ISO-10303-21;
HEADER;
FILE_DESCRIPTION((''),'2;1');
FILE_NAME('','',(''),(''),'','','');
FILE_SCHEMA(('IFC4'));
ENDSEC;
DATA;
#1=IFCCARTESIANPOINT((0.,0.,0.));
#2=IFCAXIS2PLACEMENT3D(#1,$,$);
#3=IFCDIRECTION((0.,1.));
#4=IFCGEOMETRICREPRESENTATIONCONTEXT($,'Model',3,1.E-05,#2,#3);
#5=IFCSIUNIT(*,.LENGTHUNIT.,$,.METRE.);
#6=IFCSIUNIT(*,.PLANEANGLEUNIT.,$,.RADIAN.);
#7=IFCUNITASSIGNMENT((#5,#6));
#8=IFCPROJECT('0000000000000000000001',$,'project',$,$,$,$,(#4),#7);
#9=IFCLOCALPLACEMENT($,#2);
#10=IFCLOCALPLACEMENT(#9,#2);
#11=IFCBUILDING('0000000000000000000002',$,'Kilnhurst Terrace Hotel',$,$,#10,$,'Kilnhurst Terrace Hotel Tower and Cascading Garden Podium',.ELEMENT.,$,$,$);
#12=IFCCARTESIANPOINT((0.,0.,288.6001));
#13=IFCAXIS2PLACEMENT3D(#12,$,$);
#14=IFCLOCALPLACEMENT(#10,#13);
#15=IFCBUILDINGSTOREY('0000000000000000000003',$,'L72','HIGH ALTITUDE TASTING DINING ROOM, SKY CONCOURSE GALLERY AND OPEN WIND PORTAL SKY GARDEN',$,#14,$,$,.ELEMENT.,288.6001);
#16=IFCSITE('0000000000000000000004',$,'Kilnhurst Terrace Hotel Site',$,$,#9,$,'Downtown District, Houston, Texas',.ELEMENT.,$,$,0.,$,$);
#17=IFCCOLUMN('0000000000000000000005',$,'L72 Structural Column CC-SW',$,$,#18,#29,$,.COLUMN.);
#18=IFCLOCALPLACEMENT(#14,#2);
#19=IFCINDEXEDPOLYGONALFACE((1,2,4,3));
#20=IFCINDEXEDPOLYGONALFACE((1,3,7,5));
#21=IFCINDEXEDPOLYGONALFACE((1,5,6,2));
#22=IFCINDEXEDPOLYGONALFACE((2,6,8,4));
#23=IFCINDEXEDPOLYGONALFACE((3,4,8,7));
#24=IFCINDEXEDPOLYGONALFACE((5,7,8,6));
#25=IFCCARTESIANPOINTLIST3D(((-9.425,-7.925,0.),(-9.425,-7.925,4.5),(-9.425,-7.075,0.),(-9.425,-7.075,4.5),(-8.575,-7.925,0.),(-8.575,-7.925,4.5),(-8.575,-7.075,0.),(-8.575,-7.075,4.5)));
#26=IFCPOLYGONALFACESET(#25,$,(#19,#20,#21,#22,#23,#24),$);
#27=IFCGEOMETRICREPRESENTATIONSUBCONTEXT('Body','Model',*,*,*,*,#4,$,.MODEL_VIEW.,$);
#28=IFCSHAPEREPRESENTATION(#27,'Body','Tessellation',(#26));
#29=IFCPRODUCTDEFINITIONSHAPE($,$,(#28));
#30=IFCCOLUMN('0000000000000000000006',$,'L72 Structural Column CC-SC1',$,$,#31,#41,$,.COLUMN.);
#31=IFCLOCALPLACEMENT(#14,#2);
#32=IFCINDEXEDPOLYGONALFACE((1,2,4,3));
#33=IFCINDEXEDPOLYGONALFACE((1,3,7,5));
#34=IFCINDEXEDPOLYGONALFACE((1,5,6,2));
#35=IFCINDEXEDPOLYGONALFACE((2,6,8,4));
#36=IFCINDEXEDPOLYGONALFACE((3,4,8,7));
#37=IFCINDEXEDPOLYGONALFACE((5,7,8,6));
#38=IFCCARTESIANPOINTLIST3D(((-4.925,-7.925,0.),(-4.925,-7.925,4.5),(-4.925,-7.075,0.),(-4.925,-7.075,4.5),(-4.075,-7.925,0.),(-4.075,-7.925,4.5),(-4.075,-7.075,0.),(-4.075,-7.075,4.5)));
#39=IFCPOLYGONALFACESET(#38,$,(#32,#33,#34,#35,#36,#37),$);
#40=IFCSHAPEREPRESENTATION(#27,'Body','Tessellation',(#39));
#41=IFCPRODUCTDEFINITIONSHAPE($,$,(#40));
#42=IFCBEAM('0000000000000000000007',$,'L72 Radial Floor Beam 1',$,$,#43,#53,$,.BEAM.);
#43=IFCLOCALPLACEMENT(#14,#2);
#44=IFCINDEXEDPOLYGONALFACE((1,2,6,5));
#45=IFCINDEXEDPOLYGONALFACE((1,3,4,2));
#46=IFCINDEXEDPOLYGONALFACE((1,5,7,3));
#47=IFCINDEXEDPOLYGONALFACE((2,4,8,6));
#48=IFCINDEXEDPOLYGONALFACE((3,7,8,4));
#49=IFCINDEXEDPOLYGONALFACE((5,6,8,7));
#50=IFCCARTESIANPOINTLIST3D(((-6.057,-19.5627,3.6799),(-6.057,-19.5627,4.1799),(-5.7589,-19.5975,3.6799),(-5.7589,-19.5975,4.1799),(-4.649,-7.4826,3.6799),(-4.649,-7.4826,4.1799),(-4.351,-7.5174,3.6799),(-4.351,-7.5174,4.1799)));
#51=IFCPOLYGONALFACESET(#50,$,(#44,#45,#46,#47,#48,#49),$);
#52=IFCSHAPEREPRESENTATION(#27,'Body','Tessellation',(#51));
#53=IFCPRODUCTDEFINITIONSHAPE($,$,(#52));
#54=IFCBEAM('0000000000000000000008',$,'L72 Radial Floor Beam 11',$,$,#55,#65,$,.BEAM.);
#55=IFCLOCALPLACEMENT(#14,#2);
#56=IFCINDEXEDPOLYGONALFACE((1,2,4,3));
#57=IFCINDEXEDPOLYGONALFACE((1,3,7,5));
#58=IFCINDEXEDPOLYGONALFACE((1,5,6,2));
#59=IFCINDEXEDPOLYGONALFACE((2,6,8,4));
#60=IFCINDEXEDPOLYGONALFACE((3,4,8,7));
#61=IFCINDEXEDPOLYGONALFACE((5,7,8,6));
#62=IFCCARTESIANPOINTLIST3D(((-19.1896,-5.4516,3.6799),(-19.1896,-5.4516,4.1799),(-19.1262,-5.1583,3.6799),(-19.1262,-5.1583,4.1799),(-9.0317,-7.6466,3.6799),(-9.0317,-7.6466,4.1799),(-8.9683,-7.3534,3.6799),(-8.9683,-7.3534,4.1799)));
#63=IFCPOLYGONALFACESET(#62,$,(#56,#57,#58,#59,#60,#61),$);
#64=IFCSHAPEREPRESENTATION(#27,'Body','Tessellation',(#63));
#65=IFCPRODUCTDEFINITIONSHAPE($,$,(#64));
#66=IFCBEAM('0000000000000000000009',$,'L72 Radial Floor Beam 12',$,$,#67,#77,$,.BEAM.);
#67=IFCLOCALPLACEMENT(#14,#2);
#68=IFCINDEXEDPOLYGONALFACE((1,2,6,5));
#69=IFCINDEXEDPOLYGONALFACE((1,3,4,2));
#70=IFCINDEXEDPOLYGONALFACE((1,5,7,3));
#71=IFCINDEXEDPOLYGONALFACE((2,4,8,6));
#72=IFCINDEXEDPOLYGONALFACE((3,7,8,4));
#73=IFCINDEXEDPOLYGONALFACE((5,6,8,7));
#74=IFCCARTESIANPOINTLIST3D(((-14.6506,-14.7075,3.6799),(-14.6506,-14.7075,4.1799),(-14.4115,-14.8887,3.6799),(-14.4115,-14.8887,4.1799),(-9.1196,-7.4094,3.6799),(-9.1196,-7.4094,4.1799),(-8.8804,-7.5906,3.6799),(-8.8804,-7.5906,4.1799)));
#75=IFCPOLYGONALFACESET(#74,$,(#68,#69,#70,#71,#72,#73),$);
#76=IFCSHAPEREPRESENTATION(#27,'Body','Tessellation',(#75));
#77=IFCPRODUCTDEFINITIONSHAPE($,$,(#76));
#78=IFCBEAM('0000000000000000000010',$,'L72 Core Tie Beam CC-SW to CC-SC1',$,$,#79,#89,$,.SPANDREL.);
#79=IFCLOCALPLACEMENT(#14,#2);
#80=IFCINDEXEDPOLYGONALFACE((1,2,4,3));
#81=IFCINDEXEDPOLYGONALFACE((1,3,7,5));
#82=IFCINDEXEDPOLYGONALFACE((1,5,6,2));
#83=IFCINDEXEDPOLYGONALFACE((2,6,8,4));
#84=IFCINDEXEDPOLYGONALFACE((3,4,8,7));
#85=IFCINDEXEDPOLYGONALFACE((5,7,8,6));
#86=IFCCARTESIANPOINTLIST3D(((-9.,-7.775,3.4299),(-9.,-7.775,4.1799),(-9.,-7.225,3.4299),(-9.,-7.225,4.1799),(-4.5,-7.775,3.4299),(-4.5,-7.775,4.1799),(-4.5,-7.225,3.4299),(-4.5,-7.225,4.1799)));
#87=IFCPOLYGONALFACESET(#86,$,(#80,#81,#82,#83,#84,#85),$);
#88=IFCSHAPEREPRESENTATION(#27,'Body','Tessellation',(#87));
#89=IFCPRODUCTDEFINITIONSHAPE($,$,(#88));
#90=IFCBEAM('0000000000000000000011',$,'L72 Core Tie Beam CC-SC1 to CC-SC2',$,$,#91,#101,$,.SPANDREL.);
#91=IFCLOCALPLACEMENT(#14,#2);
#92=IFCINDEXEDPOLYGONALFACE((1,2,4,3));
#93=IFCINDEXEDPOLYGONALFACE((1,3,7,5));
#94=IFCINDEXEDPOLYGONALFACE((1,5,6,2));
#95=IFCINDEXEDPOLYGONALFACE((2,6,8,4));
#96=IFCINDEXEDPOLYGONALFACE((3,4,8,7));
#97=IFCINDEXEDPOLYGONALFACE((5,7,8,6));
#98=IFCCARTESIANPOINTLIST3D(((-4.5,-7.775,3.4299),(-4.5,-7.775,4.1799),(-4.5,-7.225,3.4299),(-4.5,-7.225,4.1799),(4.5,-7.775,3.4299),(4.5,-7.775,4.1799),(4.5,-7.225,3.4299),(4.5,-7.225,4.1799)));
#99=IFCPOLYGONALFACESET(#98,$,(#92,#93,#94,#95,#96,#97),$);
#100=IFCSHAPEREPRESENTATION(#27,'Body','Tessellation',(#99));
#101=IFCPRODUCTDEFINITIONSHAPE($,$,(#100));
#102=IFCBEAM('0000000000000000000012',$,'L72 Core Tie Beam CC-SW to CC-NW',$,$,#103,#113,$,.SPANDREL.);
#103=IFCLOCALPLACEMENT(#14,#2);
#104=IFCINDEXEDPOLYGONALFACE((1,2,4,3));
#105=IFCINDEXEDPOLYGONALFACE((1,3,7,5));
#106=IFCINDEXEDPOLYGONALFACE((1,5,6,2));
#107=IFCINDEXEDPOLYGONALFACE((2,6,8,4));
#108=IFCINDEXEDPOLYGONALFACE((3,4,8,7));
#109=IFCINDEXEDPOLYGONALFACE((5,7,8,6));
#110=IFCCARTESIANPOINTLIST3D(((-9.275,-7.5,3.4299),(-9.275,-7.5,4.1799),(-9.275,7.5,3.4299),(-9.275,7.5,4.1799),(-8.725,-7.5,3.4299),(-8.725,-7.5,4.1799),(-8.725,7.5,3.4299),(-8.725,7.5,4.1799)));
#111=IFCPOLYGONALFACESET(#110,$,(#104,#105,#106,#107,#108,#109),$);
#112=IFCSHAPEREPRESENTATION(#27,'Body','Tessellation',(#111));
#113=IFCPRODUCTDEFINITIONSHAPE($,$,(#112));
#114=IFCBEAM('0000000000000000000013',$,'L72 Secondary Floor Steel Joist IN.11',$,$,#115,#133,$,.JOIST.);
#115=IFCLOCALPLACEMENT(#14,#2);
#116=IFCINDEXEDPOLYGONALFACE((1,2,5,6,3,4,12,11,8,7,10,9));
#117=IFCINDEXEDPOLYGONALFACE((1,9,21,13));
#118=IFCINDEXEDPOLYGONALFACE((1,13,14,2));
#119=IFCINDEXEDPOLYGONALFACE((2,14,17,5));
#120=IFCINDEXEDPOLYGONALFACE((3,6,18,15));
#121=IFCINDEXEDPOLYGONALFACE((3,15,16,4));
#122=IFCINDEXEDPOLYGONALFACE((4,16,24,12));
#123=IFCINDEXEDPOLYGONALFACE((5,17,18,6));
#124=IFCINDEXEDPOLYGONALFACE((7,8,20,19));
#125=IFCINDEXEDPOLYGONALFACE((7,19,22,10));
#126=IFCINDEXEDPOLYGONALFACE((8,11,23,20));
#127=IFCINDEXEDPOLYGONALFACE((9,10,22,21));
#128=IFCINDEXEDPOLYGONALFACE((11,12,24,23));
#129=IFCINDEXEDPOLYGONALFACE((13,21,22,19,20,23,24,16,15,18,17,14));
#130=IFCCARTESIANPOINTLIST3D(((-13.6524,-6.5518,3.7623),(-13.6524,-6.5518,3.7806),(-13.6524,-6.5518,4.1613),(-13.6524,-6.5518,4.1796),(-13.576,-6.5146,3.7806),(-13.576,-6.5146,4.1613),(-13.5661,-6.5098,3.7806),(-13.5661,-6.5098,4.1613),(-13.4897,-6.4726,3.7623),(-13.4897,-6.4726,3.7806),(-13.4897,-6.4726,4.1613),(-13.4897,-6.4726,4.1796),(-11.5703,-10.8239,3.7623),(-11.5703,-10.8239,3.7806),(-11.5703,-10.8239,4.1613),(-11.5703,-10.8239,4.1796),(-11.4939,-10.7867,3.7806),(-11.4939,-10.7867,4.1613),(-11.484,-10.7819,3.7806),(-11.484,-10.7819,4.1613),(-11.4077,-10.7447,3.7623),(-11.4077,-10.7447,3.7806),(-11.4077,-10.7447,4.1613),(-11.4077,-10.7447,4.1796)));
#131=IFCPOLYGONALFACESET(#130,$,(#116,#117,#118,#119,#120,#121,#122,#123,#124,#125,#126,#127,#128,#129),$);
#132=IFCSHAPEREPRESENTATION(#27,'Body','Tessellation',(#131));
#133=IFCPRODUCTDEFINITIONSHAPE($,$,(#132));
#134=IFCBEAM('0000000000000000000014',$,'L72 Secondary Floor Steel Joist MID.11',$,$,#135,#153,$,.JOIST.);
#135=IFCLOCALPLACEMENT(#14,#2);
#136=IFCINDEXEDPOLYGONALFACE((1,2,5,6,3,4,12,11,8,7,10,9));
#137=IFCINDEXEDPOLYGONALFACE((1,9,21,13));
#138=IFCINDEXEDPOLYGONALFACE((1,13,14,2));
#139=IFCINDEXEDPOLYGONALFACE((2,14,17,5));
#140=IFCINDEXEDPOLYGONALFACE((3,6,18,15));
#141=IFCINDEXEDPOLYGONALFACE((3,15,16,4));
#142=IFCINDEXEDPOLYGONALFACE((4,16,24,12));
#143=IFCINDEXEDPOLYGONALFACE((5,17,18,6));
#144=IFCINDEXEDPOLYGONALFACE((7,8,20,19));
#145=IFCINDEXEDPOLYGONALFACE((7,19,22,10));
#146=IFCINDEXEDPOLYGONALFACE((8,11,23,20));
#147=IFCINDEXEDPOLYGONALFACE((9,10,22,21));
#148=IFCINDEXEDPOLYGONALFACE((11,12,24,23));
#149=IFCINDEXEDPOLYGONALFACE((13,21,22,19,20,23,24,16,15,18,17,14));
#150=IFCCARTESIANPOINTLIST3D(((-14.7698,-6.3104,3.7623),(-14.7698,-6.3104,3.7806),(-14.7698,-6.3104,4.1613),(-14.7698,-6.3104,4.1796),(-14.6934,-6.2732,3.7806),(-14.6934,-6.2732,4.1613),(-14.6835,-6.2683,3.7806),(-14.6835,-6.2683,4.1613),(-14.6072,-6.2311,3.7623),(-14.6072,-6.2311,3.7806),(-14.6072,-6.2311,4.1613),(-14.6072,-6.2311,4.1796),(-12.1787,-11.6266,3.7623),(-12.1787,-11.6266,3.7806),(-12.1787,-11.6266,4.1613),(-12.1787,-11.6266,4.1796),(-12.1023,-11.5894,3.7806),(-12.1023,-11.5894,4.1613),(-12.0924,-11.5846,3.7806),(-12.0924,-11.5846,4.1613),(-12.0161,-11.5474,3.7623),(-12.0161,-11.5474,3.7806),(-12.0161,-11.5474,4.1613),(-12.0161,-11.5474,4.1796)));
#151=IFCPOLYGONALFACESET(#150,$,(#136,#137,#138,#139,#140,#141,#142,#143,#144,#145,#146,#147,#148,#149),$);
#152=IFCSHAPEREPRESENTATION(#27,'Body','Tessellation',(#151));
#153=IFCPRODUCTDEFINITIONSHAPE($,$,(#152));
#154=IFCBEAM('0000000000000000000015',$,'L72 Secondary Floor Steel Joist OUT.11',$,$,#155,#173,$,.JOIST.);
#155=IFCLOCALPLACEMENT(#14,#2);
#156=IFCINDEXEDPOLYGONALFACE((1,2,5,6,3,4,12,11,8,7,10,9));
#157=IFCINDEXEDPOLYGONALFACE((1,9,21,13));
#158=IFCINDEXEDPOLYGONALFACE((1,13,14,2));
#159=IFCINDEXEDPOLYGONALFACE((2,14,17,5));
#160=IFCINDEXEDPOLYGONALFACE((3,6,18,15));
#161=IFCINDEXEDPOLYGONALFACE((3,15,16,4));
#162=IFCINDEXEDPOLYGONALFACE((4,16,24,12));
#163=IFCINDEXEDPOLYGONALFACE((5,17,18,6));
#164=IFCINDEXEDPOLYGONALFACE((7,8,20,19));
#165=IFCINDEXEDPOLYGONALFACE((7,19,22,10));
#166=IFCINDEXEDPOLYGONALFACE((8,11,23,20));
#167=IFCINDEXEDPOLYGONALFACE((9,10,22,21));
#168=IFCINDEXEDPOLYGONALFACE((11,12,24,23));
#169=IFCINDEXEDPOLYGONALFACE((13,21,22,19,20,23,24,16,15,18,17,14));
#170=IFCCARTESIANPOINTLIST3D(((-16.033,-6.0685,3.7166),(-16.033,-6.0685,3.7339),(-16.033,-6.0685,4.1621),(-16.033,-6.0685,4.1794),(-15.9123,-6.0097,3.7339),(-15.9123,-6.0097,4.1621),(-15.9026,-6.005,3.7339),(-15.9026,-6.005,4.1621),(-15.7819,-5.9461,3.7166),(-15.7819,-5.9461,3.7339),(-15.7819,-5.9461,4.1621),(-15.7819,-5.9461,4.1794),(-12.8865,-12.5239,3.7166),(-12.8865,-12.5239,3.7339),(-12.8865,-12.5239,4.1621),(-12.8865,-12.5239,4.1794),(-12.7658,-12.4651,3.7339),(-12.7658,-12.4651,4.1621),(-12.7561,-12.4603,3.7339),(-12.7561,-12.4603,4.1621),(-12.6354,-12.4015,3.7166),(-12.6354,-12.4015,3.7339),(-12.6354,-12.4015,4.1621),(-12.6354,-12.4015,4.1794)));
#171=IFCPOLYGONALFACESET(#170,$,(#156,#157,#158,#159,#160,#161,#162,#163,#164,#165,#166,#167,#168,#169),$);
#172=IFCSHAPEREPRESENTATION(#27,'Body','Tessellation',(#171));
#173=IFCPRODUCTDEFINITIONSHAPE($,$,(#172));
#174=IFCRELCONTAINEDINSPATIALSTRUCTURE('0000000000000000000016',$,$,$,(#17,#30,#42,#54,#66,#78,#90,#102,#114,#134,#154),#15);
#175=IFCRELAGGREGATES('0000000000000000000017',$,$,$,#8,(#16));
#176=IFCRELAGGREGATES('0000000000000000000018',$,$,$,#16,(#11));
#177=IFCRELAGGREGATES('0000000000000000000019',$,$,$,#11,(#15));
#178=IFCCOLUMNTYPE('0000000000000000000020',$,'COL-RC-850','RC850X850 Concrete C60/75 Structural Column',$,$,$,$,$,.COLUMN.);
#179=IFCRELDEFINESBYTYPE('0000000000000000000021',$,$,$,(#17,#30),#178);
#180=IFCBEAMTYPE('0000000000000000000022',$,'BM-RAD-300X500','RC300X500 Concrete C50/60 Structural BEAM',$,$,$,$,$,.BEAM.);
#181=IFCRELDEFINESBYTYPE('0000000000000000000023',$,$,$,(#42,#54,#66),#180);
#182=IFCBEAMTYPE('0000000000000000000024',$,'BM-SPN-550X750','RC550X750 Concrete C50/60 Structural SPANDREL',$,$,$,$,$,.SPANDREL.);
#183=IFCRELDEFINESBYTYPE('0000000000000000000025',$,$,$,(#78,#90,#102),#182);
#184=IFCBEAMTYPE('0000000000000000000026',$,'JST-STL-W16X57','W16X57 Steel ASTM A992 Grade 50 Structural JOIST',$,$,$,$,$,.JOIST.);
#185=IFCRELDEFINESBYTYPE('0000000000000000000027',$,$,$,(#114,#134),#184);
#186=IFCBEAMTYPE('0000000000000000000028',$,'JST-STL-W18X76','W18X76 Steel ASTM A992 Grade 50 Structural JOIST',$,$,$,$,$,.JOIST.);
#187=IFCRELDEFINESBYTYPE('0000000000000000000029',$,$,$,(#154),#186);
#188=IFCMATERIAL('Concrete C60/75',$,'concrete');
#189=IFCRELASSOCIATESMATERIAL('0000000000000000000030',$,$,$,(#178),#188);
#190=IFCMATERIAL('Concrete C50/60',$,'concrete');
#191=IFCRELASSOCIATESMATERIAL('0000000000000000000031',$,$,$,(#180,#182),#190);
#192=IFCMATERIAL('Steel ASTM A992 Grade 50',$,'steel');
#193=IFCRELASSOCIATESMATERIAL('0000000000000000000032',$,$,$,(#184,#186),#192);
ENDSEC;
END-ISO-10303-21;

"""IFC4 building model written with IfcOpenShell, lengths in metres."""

from ifc_helpers import new_model, si_unit, direction, frame, origin, origin_2d, place, context, subcontext, project, spatial, rectangle, i_section, extrude, material, material_profile, profile_set, type_object, element, save


model = new_model("IFC4")

# Units and contexts
model_context = context("Model", 3, precision=1e-05, world=origin(), true_north=direction((0.0, 1.0)))
body_context = subcontext(model_context, "Body", "Model", "MODEL_VIEW")
ifc_project = project(units=[si_unit("LENGTHUNIT", "METRE"), si_unit("PLANEANGLEUNIT", "RADIAN")], contexts=[model_context])

# Site, building, storey
site_placement = place(None, origin())
site = spatial("IfcSite", under=ifc_project, at=site_placement, Name="Kilnhurst Terrace Hotel Site", LongName="Downtown District, Houston, Texas", CompositionType="ELEMENT", RefElevation=0.0)
building_placement = place(site_placement, origin())
building = spatial("IfcBuilding", under=site, at=building_placement, Name="Kilnhurst Terrace Hotel", LongName="Kilnhurst Terrace Hotel Tower and Cascading Garden Podium", CompositionType="ELEMENT")
storey_placement = place(building_placement, frame((0.0, 0.0, 288.6001)))
storey = spatial("IfcBuildingStorey", under=building, at=storey_placement, Name="L72", Description="HIGH ALTITUDE TASTING DINING ROOM, SKY CONCOURSE GALLERY AND OPEN WIND PORTAL SKY GARDEN", CompositionType="ELEMENT", Elevation=288.6001)

# Columns
ifc_material_1 = material(Name="Concrete C60/75", Category="concrete")
ifc_material_profile_1 = material_profile(ifc_material_1, rectangle(XDim=0.8501, YDim=0.8501, at=origin_2d()), Name="RC850X850")
ifc_profile_set_1 = profile_set([ifc_material_profile_1], Name="Concrete C60/75")
column_type = type_object("IfcColumnType", Name="COL-RC-850", Description="RC850X850 Concrete C60/75 Structural Column", PredefinedType="COLUMN", material=ifc_profile_set_1)
for number, where, z_axis, x_axis, name in (
    (1, (-9.0, -7.5, 0.0), (0.0, 0.0, 1.0), (1.0, 0.0, 0.0), "L72 Structural Column CC-SW"),
    (2, (-4.5, -7.5, 0.0), (0.0, 0.0, 1.0), (1.0, 0.0, 0.0), "L72 Structural Column CC-SC1"),
):
    element("IfcColumn", number, at=place(storey_placement, frame(where, z_axis=z_axis, x_axis=x_axis)), inside=storey, type_object=column_type, Name=name, PredefinedType="COLUMN", context=body_context, shape_type="SweptSolid", body=[
        extrude(rectangle(XDim=0.8501, YDim=0.8501, at=origin_2d()), origin(), (0.0, 0.0, 1.0), 4.5),
    ])

# Beams
ifc_material_2 = material(Name="Concrete C50/60", Category="concrete")
ifc_material_profile_2 = material_profile(ifc_material_2, rectangle(XDim=0.3, YDim=0.5, at=origin_2d()), Name="RC300X500")
ifc_profile_set_2 = profile_set([ifc_material_profile_2], Name="Concrete C50/60")
beam_type_1 = type_object("IfcBeamType", Name="BM-RAD-300X500", Description="RC300X500 Concrete C50/60 Structural BEAM", PredefinedType="BEAM", material=ifc_profile_set_2)
beam_1_placement = place(storey_placement, frame((-4.5, -7.5, 3.9299), z_axis=(-0.115768, -0.993276, 0.0), x_axis=(0.993276, -0.115768, 0.0)))
element("IfcBeam", 3, at=beam_1_placement, inside=storey, type_object=beam_type_1, Name="L72 Radial Floor Beam 1", PredefinedType="BEAM", context=body_context, shape_type="SweptSolid", body=[
    extrude(rectangle(XDim=0.3, YDim=0.5, at=origin_2d()), origin(), (0.0, 0.0, 1.0), 12.1619),
])
beam_2_placement = place(storey_placement, frame((-9.0, -7.5, 3.9299), z_axis=(-0.977439, 0.211218, 0.0), x_axis=(-0.211218, -0.977439, 0.0)))
element("IfcBeam", 4, at=beam_2_placement, inside=storey, type_object=beam_type_1, Name="L72 Radial Floor Beam 11", PredefinedType="BEAM", context=body_context, shape_type="SweptSolid", body=[
    extrude(rectangle(XDim=0.3, YDim=0.5, at=origin_2d()), origin(), (0.0, 0.0, 1.0), 10.3923),
])
beam_3_placement = place(storey_placement, frame((-9.0, -7.5, 3.9299), z_axis=(-0.604007, -0.796979, 0.0), x_axis=(0.796979, -0.604007, 0.0)))
element("IfcBeam", 5, at=beam_3_placement, inside=storey, type_object=beam_type_1, Name="L72 Radial Floor Beam 12", PredefinedType="BEAM", context=body_context, shape_type="SweptSolid", body=[
    extrude(rectangle(XDim=0.3, YDim=0.5, at=origin_2d()), origin(), (0.0, 0.0, 1.0), 9.1572),
])
ifc_material_profile_3 = material_profile(ifc_material_2, rectangle(XDim=0.55, YDim=0.75, at=origin_2d()), Name="RC550X750")
ifc_profile_set_3 = profile_set([ifc_material_profile_3], Name="Concrete C50/60")
beam_type_2 = type_object("IfcBeamType", Name="BM-SPN-550X750", Description="RC550X750 Concrete C50/60 Structural SPANDREL", PredefinedType="SPANDREL", material=ifc_profile_set_3)
beam_4_placement = place(storey_placement, frame((-9.0, -7.5, 3.8049), z_axis=(1.0, 0.0, 0.0), x_axis=(0.0, 1.0, 0.0)))
element("IfcBeam", 6, at=beam_4_placement, inside=storey, type_object=beam_type_2, Name="L72 Core Tie Beam CC-SW to CC-SC1", PredefinedType="SPANDREL", context=body_context, shape_type="SweptSolid", body=[
    extrude(rectangle(XDim=0.55, YDim=0.75, at=origin_2d()), origin(), (0.0, 0.0, 1.0), 4.5),
])
beam_5_placement = place(storey_placement, frame((-4.5, -7.5, 3.8049), z_axis=(1.0, 0.0, 0.0), x_axis=(0.0, 1.0, 0.0)))
element("IfcBeam", 7, at=beam_5_placement, inside=storey, type_object=beam_type_2, Name="L72 Core Tie Beam CC-SC1 to CC-SC2", PredefinedType="SPANDREL", context=body_context, shape_type="SweptSolid", body=[
    extrude(rectangle(XDim=0.55, YDim=0.75, at=origin_2d()), origin(), (0.0, 0.0, 1.0), 9.0),
])
beam_6_placement = place(storey_placement, frame((-9.0, -7.5, 3.8049), z_axis=(0.0, 1.0, 0.0), x_axis=(-1.0, 0.0, 0.0)))
element("IfcBeam", 8, at=beam_6_placement, inside=storey, type_object=beam_type_2, Name="L72 Core Tie Beam CC-SW to CC-NW", PredefinedType="SPANDREL", context=body_context, shape_type="SweptSolid", body=[
    extrude(rectangle(XDim=0.55, YDim=0.75, at=origin_2d()), origin(), (0.0, 0.0, 1.0), 15.0),
])
ifc_material_3 = material(Name="Steel ASTM A992 Grade 50", Category="steel")
ifc_material_profile_4 = material_profile(ifc_material_3, i_section(OverallWidth=0.1809, OverallDepth=0.4172, WebThickness=0.011, FlangeThickness=0.0183, at=origin_2d()), Name="W16X57")
ifc_profile_set_4 = profile_set([ifc_material_profile_4], Name="Steel ASTM A992 Grade 50")
beam_type_3 = type_object("IfcBeamType", Name="JST-STL-W16X57", Description="W16X57 Steel ASTM A992 Grade 50 Structural JOIST", PredefinedType="JOIST", material=ifc_profile_set_4)
beam_7_placement = place(storey_placement, frame((-13.571, -6.5122, 3.9709), z_axis=(0.438108, -0.898922, 0.0), x_axis=(0.898922, 0.438108, 0.0)))
element("IfcBeam", 9, at=beam_7_placement, inside=storey, type_object=beam_type_3, Name="L72 Secondary Floor Steel Joist IN.11", PredefinedType="JOIST", context=body_context, shape_type="SweptSolid", body=[
    extrude(i_section(OverallWidth=0.1809, OverallDepth=0.4172, WebThickness=0.011, FlangeThickness=0.0183, at=origin_2d()), origin(), (0.0, 0.0, 1.0), 4.7524),
])
beam_8_placement = place(storey_placement, frame((-14.6885, -6.2708, 3.9709), z_axis=(0.438125, -0.898914, 0.0), x_axis=(0.898914, 0.438125, 0.0)))
element("IfcBeam", 10, at=beam_8_placement, inside=storey, type_object=beam_type_3, Name="L72 Secondary Floor Steel Joist MID.11", PredefinedType="JOIST", context=body_context, shape_type="SweptSolid", body=[
    extrude(i_section(OverallWidth=0.1809, OverallDepth=0.4172, WebThickness=0.011, FlangeThickness=0.0183, at=origin_2d()), origin(), (0.0, 0.0, 1.0), 5.9141),
])
ifc_material_profile_5 = material_profile(ifc_material_3, i_section(OverallWidth=0.2793, OverallDepth=0.4629, WebThickness=0.0107, FlangeThickness=0.0173, at=origin_2d()), Name="W18X76")
ifc_profile_set_5 = profile_set([ifc_material_profile_5], Name="Steel ASTM A992 Grade 50")
beam_type_4 = type_object("IfcBeamType", Name="JST-STL-W18X76", Description="W18X76 Steel ASTM A992 Grade 50 Structural JOIST", PredefinedType="JOIST", material=ifc_profile_set_5)
beam_9_placement = place(storey_placement, frame((-15.9075, -6.0073, 3.948), z_axis=(0.438148, -0.898903, 0.0), x_axis=(0.898903, 0.438148, 0.0)))
element("IfcBeam", 11, at=beam_9_placement, inside=storey, type_object=beam_type_4, Name="L72 Secondary Floor Steel Joist OUT.11", PredefinedType="JOIST", context=body_context, shape_type="SweptSolid", body=[
    extrude(i_section(OverallWidth=0.2793, OverallDepth=0.4629, WebThickness=0.0107, FlangeThickness=0.0173, at=origin_2d()), origin(), (0.0, 0.0, 1.0), 7.1814),
])

save(model, "model.ifc")
